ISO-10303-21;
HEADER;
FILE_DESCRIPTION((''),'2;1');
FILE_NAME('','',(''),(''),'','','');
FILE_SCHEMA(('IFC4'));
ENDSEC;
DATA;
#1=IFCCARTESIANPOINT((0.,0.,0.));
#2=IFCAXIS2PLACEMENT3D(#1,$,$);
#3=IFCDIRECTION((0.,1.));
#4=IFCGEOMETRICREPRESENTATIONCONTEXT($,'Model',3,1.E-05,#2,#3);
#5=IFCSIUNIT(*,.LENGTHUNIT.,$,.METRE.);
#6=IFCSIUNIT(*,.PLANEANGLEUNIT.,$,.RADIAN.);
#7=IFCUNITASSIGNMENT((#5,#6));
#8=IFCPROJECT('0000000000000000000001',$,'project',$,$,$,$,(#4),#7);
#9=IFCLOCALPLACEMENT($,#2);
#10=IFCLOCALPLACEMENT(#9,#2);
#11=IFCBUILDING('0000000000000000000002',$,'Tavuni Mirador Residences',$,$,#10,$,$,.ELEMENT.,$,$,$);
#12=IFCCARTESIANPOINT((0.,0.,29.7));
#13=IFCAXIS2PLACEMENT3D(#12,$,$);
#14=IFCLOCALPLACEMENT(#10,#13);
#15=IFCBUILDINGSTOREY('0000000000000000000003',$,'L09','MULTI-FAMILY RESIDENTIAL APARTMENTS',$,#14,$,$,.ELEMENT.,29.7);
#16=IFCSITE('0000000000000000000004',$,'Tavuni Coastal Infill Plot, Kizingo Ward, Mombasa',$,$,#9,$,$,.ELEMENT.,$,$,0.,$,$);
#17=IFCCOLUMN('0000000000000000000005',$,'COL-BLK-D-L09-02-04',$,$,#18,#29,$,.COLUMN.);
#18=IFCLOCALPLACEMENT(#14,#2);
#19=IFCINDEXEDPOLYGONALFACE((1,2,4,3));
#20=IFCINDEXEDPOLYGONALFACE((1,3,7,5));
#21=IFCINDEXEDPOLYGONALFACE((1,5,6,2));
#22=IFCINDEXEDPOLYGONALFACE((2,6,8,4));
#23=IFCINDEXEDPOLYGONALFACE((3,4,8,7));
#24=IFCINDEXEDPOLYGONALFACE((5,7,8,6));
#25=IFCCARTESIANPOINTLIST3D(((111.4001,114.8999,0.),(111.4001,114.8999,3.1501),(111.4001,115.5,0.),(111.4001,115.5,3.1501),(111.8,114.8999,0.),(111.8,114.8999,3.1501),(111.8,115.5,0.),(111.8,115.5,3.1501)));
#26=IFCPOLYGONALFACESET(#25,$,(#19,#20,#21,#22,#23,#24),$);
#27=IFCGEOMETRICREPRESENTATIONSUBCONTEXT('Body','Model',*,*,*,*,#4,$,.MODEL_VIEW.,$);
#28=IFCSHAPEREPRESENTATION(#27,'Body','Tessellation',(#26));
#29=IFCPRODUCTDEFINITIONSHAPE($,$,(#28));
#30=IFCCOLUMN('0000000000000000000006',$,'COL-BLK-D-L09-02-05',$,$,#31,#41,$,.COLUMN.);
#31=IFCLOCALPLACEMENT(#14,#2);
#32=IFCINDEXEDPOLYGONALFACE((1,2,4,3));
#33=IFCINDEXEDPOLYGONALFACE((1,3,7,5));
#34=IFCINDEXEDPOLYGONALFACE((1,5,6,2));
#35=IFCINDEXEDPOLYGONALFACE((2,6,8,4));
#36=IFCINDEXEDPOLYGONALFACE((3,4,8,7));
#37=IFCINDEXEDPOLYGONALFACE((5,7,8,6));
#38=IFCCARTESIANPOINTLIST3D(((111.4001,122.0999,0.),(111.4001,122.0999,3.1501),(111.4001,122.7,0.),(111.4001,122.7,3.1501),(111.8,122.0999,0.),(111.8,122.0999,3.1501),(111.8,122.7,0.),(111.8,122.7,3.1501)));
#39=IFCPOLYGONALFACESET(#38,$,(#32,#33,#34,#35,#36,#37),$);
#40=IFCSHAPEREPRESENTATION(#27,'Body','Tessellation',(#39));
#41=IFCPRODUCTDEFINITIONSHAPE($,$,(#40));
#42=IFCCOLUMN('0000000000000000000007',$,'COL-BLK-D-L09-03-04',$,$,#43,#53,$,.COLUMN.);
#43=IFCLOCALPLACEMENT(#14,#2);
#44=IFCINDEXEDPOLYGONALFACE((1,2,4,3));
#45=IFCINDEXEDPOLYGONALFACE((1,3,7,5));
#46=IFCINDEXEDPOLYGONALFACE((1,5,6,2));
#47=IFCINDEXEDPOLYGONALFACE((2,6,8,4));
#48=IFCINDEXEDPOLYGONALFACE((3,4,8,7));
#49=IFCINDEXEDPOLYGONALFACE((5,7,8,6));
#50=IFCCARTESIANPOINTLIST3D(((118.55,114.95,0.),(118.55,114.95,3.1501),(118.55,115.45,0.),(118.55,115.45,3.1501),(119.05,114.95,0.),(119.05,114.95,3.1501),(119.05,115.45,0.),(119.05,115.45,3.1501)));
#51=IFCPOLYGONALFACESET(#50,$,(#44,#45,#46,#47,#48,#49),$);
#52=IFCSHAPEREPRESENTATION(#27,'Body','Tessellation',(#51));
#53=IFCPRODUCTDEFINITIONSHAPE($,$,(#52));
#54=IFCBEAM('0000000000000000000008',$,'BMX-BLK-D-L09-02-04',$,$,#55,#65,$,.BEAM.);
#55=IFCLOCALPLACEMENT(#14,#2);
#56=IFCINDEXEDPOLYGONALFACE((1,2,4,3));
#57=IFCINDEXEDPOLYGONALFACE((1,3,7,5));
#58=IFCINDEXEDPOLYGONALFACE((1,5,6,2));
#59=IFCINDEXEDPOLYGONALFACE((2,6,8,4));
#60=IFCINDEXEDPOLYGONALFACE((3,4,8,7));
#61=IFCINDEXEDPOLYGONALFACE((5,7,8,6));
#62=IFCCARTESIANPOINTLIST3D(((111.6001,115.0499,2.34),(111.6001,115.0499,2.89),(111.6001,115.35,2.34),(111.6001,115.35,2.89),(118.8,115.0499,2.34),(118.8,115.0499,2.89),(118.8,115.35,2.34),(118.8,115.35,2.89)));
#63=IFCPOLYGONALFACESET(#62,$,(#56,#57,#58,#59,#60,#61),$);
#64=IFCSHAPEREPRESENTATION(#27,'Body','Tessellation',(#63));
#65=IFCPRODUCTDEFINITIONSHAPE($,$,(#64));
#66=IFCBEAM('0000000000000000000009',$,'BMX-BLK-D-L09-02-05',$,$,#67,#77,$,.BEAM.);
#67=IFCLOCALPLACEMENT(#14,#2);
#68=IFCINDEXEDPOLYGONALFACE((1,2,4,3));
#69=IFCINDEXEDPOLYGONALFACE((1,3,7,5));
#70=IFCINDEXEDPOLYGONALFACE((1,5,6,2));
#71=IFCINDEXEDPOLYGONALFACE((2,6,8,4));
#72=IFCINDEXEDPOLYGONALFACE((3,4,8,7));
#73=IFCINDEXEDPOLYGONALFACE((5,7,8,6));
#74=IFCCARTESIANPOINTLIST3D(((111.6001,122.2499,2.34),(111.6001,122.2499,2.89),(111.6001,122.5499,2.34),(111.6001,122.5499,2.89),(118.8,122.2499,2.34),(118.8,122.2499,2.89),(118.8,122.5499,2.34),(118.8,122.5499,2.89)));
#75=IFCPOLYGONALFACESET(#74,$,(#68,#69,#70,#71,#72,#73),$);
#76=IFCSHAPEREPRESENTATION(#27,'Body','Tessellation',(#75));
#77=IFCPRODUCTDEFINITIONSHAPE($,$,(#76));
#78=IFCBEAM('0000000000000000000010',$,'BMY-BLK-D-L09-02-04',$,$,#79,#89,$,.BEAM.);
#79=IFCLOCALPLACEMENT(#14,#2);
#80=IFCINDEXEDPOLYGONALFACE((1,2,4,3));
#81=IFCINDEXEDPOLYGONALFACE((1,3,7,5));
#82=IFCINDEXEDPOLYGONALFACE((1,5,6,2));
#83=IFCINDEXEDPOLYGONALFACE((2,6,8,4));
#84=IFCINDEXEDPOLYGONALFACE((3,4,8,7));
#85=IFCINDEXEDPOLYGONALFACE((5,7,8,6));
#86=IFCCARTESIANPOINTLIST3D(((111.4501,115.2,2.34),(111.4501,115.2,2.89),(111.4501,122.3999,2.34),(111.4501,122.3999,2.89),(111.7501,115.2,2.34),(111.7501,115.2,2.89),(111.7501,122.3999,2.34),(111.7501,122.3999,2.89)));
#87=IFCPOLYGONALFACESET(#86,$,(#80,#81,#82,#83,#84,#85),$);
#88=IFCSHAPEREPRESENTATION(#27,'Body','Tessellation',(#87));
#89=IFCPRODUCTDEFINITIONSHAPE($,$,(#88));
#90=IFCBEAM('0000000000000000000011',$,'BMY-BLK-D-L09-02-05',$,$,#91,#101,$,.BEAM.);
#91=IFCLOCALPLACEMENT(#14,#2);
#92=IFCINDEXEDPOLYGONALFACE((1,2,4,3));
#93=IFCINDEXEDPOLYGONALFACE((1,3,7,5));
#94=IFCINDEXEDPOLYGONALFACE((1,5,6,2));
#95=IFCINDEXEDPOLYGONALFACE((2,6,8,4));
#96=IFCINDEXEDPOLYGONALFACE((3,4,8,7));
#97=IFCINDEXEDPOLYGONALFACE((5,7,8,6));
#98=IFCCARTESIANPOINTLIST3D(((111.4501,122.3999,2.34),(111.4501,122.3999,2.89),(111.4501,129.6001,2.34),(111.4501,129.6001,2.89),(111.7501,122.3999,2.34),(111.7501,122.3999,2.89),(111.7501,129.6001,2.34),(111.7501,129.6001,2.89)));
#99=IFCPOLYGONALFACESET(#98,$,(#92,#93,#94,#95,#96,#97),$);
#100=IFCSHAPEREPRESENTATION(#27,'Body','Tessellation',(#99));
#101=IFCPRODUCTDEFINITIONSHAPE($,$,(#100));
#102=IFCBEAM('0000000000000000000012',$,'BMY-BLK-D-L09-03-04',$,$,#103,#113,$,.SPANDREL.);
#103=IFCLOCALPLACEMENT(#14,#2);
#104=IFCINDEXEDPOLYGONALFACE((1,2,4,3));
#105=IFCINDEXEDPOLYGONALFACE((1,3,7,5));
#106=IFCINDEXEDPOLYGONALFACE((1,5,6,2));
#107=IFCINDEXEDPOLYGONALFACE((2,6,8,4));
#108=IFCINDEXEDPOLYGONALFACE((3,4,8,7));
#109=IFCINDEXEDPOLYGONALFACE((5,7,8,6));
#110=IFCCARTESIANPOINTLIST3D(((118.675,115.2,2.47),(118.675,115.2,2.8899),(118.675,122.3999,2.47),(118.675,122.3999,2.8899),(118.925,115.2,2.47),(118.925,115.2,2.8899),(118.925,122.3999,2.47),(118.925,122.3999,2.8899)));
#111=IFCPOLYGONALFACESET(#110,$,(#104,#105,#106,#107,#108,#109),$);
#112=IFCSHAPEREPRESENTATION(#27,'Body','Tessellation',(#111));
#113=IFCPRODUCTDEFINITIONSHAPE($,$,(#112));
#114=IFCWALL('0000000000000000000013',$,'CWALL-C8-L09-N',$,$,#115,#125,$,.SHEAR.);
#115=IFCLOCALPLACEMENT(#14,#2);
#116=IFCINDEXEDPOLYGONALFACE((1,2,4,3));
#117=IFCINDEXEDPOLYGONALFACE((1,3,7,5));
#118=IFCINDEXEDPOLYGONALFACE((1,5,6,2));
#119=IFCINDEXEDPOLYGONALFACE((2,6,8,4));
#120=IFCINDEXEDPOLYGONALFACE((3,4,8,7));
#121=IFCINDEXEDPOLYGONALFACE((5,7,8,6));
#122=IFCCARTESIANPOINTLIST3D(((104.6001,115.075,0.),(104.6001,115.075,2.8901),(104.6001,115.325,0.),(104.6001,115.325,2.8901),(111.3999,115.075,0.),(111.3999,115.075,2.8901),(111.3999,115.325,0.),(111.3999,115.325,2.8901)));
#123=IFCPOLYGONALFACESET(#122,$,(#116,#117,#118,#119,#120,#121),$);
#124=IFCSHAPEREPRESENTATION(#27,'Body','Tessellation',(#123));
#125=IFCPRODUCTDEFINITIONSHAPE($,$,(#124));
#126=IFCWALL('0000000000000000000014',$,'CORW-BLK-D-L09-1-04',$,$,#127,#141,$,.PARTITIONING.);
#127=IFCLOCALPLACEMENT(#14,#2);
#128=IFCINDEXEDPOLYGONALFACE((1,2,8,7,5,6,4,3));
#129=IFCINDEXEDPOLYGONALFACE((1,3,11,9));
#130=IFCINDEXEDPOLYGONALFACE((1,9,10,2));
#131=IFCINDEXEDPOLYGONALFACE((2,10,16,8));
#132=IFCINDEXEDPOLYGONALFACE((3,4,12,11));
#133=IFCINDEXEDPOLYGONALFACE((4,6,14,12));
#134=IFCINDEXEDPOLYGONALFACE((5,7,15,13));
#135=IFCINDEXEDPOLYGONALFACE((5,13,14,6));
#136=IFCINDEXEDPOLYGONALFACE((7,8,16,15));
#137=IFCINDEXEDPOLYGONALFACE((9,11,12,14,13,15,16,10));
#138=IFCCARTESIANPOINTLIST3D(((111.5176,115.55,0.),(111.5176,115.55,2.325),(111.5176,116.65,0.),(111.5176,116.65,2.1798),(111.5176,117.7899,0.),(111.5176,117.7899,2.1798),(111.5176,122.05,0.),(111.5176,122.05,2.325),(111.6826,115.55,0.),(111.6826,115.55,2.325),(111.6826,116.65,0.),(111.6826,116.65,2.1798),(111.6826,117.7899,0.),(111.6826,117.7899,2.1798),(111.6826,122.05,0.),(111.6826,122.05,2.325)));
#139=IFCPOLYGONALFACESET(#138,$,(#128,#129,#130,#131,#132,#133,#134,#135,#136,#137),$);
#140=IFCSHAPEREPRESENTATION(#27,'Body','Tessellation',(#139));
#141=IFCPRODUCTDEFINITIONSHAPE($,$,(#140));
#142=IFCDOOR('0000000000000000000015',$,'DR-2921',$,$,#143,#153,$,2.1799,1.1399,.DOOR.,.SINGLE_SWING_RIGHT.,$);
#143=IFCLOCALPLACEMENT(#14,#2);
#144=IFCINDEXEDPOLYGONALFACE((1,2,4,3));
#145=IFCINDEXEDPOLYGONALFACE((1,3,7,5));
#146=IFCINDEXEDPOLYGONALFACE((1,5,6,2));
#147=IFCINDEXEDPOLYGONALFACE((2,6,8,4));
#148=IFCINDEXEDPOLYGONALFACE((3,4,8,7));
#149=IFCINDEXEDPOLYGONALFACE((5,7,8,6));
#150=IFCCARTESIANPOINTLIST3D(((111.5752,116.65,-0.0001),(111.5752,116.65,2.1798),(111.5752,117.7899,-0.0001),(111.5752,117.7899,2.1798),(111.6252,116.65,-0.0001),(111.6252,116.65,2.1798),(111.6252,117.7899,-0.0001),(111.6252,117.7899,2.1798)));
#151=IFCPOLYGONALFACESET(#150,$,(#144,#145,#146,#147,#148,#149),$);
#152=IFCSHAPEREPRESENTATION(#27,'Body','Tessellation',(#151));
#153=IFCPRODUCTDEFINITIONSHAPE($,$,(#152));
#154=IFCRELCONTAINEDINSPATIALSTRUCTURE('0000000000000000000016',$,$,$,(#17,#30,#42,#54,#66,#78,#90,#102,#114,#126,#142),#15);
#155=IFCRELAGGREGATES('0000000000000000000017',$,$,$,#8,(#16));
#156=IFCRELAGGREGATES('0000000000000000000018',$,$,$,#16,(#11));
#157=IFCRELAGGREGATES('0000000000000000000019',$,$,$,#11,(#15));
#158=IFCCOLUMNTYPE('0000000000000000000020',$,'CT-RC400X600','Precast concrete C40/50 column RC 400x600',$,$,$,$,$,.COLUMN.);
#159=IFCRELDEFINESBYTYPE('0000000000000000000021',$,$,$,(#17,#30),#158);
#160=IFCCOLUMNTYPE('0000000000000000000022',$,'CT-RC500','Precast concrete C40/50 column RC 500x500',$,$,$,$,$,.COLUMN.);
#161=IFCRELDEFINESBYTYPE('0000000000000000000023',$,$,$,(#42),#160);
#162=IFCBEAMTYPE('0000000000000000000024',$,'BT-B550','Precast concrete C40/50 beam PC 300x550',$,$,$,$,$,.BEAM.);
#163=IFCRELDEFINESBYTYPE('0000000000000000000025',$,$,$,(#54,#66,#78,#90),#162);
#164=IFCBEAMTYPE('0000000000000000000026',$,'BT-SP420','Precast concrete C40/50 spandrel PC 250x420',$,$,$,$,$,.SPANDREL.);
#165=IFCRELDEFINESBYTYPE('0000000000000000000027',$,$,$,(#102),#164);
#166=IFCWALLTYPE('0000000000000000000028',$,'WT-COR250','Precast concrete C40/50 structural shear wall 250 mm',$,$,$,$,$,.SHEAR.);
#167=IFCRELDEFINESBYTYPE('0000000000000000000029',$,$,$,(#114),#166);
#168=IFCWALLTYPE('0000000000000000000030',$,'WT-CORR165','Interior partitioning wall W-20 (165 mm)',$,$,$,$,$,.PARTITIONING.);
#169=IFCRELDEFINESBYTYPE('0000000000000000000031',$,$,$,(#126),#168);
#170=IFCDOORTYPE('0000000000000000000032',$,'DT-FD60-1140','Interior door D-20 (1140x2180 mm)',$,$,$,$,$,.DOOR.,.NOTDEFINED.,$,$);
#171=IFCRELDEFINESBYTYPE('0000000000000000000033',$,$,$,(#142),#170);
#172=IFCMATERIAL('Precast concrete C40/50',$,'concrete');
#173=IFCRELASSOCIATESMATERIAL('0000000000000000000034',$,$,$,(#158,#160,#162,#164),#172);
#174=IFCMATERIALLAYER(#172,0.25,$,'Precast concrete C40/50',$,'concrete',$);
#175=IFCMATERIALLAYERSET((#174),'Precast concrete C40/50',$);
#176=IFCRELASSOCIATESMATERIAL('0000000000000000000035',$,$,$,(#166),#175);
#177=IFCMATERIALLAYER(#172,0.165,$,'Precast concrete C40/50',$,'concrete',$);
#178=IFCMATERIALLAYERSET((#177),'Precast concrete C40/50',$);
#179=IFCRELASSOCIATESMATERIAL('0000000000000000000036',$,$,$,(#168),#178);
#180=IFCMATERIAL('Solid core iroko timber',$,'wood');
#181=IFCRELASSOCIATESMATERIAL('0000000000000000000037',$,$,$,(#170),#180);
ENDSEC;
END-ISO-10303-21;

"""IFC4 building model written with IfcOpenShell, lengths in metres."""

from ifc_helpers import new_model, si_unit, direction, frame, frame_2d, origin, origin_2d, place, context, subcontext, project, spatial, rectangle, extrude, material, layer, layer_set, material_profile, profile_set, type_object, element, fill, save


model = new_model("IFC4")

# Units and contexts
model_context = context("Model", 3, precision=1e-05, world=origin(), true_north=direction((0.0, 1.0)))
body_context = subcontext(model_context, "Body", "Model", "MODEL_VIEW")
ifc_project = project(units=[si_unit("LENGTHUNIT", "METRE"), si_unit("PLANEANGLEUNIT", "RADIAN")], contexts=[model_context])

# Site, building, storey
site_placement = place(None, origin())
site = spatial("IfcSite", under=ifc_project, at=site_placement, Name="Tavuni Coastal Infill Plot, Kizingo Ward, Mombasa", CompositionType="ELEMENT", RefElevation=0.0)
building_placement = place(site_placement, origin())
building = spatial("IfcBuilding", under=site, at=building_placement, Name="Tavuni Mirador Residences", CompositionType="ELEMENT")
storey_placement = place(building_placement, frame((0.0, 0.0, 29.7)))
storey = spatial("IfcBuildingStorey", under=building, at=storey_placement, Name="L09", Description="MULTI-FAMILY RESIDENTIAL APARTMENTS", CompositionType="ELEMENT", Elevation=29.7)

# Columns
ifc_material_1 = material(Name="Precast concrete C40/50", Category="concrete")
ifc_material_profile_1 = material_profile(ifc_material_1, rectangle(XDim=0.3999, YDim=0.6001, at=origin_2d()), Name="RC 400x600", Category="concrete")
ifc_profile_set_1 = profile_set([ifc_material_profile_1], Name="Precast concrete C40/50")
column_type_1 = type_object("IfcColumnType", Name="CT-RC400X600", Description="Precast concrete C40/50 column RC 400x600", PredefinedType="COLUMN", material=ifc_profile_set_1)
for number, where, z_axis, x_axis, name in (
    (1, (111.6001, 115.2, 0.0), (0.0, 0.0, 1.0), (1.0, 0.0, 0.0), "COL-BLK-D-L09-02-04"),
    (2, (111.6001, 122.3999, 0.0), (0.0, 0.0, 1.0), (1.0, 0.0, 0.0), "COL-BLK-D-L09-02-05"),
):
    element("IfcColumn", number, at=place(storey_placement, frame(where, z_axis=z_axis, x_axis=x_axis)), inside=storey, type_object=column_type_1, Name=name, PredefinedType="COLUMN", context=body_context, shape_type="SweptSolid", body=[
        extrude(rectangle(XDim=0.3999, YDim=0.6001, at=origin_2d()), origin(), (0.0, 0.0, 1.0), 3.1501),
    ])
ifc_material_profile_2 = material_profile(ifc_material_1, rectangle(XDim=0.5, YDim=0.5, at=origin_2d()), Name="RC 500x500", Category="concrete")
ifc_profile_set_2 = profile_set([ifc_material_profile_2], Name="Precast concrete C40/50")
column_type_2 = type_object("IfcColumnType", Name="CT-RC500", Description="Precast concrete C40/50 column RC 500x500", PredefinedType="COLUMN", material=ifc_profile_set_2)
column_placement = place(storey_placement, frame((118.8, 115.2, 0.0), z_axis=(0.0, 0.0, 1.0), x_axis=(1.0, 0.0, 0.0)))
element("IfcColumn", 3, at=column_placement, inside=storey, type_object=column_type_2, Name="COL-BLK-D-L09-03-04", PredefinedType="COLUMN", context=body_context, shape_type="SweptSolid", body=[
    extrude(rectangle(XDim=0.5, YDim=0.5, at=origin_2d()), origin(), (0.0, 0.0, 1.0), 3.1501),
])

# Beams
ifc_material_profile_3 = material_profile(ifc_material_1, rectangle(XDim=0.3, YDim=0.55, at=origin_2d()), Name="PC 300x550", Category="concrete")
ifc_profile_set_3 = profile_set([ifc_material_profile_3], Name="Precast concrete C40/50")
beam_type_1 = type_object("IfcBeamType", Name="BT-B550", Description="Precast concrete C40/50 beam PC 300x550", PredefinedType="BEAM", material=ifc_profile_set_3)
for number, where, z_axis, x_axis, name in (
    (4, (111.6001, 115.2, 2.615), (1.0, 0.0, 0.0), (0.0, 1.0, 0.0), "BMX-BLK-D-L09-02-04"),
    (5, (111.6001, 122.3999, 2.615), (1.0, 0.0, 0.0), (0.0, 1.0, 0.0), "BMX-BLK-D-L09-02-05"),
    (6, (111.6001, 115.2, 2.615), (0.0, 1.0, 0.0), (-1.0, 0.0, 0.0), "BMY-BLK-D-L09-02-04"),
):
    element("IfcBeam", number, at=place(storey_placement, frame(where, z_axis=z_axis, x_axis=x_axis)), inside=storey, type_object=beam_type_1, Name=name, PredefinedType="BEAM", context=body_context, shape_type="SweptSolid", body=[
        extrude(rectangle(XDim=0.3, YDim=0.55, at=origin_2d()), origin(), (0.0, 0.0, 1.0), 7.2),
    ])
beam_1_placement = place(storey_placement, frame((111.6001, 122.3999, 2.615), z_axis=(0.0, 1.0, 0.0), x_axis=(-1.0, 0.0, 0.0)))
element("IfcBeam", 7, at=beam_1_placement, inside=storey, type_object=beam_type_1, Name="BMY-BLK-D-L09-02-05", PredefinedType="BEAM", context=body_context, shape_type="SweptSolid", body=[
    extrude(rectangle(XDim=0.3, YDim=0.55, at=origin_2d()), origin(), (0.0, 0.0, 1.0), 7.2002),
])
ifc_material_profile_4 = material_profile(ifc_material_1, rectangle(XDim=0.25, YDim=0.4199, at=origin_2d()), Name="PC 250x420", Category="concrete")
ifc_profile_set_4 = profile_set([ifc_material_profile_4], Name="Precast concrete C40/50")
beam_type_2 = type_object("IfcBeamType", Name="BT-SP420", Description="Precast concrete C40/50 spandrel PC 250x420", PredefinedType="SPANDREL", material=ifc_profile_set_4)
beam_2_placement = place(storey_placement, frame((118.8, 115.2, 2.6799), z_axis=(0.0, 1.0, 0.0), x_axis=(-1.0, 0.0, 0.0)))
element("IfcBeam", 8, at=beam_2_placement, inside=storey, type_object=beam_type_2, Name="BMY-BLK-D-L09-03-04", PredefinedType="SPANDREL", context=body_context, shape_type="SweptSolid", body=[
    extrude(rectangle(XDim=0.25, YDim=0.4199, at=origin_2d()), origin(), (0.0, 0.0, 1.0), 7.2),
])

# Wall
ifc_layer_1 = layer(ifc_material_1, 0.25, Name="Precast concrete C40/50", Category="concrete")
ifc_layer_set_1 = layer_set([ifc_layer_1], Name="Precast concrete C40/50")
wall_type_1 = type_object("IfcWallType", Name="WT-COR250", Description="Precast concrete C40/50 structural shear wall 250 mm", PredefinedType="SHEAR", material=ifc_layer_set_1)
wall_1_placement = place(storey_placement, frame((104.6001, 115.2, 0.0), z_axis=(0.0, 0.0, 1.0), x_axis=(1.0, 0.0, 0.0)))
element("IfcWall", 9, at=wall_1_placement, inside=storey, type_object=wall_type_1, Name="CWALL-C8-L09-N", PredefinedType="SHEAR", context=body_context, shape_type="SweptSolid", body=[
    extrude(rectangle(XDim=6.7998, YDim=0.25, at=frame_2d((3.3999, 0.0))), origin(), (0.0, 0.0, 1.0), 2.8901),
])

# Wall, opening, door
ifc_layer_2 = layer(ifc_material_1, 0.165, Name="Precast concrete C40/50", Category="concrete")
ifc_layer_set_2 = layer_set([ifc_layer_2], Name="Precast concrete C40/50")
wall_type_2 = type_object("IfcWallType", Name="WT-CORR165", Description="Interior partitioning wall W-20 (165 mm)", PredefinedType="PARTITIONING", material=ifc_layer_set_2)
wall_2_placement = place(storey_placement, frame((111.6001, 115.55, 0.0), z_axis=(0.0, 0.0, 1.0), x_axis=(0.0, 1.0, 0.0)))
wall_2 = element("IfcWall", 10, at=wall_2_placement, inside=storey, type_object=wall_type_2, Name="CORW-BLK-D-L09-1-04", PredefinedType="PARTITIONING", context=body_context, shape_type="SweptSolid", body=[
    extrude(rectangle(XDim=6.5, YDim=0.165, at=frame_2d((3.25, 0.0))), origin(), (0.0, 0.0, 1.0), 2.325),
])
opening_1_placement = place(wall_2_placement, frame((1.1001, 0.0, 0.0)))
opening_1 = element("IfcOpeningElement", 11, at=opening_1_placement, cuts=wall_2, PredefinedType="OPENING", context=body_context, shape_type="SweptSolid", body=[
    extrude(rectangle(XDim=1.1399, YDim=2.1799, at=frame_2d((0.5698, 1.0898))), frame((0.0, 0.0925, 0.0), z_axis=(0.0, -1.0, 0.0), x_axis=(1.0, 0.0, 0.0)), (0.0, 0.0, 1.0), 0.1851),
])
ifc_material_2 = material(Name="Solid core iroko timber", Category="wood")
door_type_1 = type_object("IfcDoorType", Name="DT-FD60-1140", Description="Interior door D-20 (1140x2180 mm)", OperationType="NOTDEFINED", PredefinedType="DOOR", material=ifc_material_2)
door_1_placement = place(opening_1_placement, origin())
door_1 = element("IfcDoor", 12, at=door_1_placement, inside=storey, type_object=door_type_1, Name="DR-2921", OperationType="SINGLE_SWING_RIGHT", OverallHeight=2.1799, OverallWidth=1.1399, PredefinedType="DOOR", context=body_context, shape_type="SweptSolid", body=[
    extrude(rectangle(XDim=1.1399, YDim=2.1799, at=frame_2d((0.5698, 1.0898))), frame((0.0, 0.0249, 0.0), z_axis=(0.0, -1.0, 0.0), x_axis=(1.0, 0.0, 0.0)), (0.0, 0.0, 1.0), 0.05),
])
fill(opening_1, door_1)

save(model, "model.ifc")
